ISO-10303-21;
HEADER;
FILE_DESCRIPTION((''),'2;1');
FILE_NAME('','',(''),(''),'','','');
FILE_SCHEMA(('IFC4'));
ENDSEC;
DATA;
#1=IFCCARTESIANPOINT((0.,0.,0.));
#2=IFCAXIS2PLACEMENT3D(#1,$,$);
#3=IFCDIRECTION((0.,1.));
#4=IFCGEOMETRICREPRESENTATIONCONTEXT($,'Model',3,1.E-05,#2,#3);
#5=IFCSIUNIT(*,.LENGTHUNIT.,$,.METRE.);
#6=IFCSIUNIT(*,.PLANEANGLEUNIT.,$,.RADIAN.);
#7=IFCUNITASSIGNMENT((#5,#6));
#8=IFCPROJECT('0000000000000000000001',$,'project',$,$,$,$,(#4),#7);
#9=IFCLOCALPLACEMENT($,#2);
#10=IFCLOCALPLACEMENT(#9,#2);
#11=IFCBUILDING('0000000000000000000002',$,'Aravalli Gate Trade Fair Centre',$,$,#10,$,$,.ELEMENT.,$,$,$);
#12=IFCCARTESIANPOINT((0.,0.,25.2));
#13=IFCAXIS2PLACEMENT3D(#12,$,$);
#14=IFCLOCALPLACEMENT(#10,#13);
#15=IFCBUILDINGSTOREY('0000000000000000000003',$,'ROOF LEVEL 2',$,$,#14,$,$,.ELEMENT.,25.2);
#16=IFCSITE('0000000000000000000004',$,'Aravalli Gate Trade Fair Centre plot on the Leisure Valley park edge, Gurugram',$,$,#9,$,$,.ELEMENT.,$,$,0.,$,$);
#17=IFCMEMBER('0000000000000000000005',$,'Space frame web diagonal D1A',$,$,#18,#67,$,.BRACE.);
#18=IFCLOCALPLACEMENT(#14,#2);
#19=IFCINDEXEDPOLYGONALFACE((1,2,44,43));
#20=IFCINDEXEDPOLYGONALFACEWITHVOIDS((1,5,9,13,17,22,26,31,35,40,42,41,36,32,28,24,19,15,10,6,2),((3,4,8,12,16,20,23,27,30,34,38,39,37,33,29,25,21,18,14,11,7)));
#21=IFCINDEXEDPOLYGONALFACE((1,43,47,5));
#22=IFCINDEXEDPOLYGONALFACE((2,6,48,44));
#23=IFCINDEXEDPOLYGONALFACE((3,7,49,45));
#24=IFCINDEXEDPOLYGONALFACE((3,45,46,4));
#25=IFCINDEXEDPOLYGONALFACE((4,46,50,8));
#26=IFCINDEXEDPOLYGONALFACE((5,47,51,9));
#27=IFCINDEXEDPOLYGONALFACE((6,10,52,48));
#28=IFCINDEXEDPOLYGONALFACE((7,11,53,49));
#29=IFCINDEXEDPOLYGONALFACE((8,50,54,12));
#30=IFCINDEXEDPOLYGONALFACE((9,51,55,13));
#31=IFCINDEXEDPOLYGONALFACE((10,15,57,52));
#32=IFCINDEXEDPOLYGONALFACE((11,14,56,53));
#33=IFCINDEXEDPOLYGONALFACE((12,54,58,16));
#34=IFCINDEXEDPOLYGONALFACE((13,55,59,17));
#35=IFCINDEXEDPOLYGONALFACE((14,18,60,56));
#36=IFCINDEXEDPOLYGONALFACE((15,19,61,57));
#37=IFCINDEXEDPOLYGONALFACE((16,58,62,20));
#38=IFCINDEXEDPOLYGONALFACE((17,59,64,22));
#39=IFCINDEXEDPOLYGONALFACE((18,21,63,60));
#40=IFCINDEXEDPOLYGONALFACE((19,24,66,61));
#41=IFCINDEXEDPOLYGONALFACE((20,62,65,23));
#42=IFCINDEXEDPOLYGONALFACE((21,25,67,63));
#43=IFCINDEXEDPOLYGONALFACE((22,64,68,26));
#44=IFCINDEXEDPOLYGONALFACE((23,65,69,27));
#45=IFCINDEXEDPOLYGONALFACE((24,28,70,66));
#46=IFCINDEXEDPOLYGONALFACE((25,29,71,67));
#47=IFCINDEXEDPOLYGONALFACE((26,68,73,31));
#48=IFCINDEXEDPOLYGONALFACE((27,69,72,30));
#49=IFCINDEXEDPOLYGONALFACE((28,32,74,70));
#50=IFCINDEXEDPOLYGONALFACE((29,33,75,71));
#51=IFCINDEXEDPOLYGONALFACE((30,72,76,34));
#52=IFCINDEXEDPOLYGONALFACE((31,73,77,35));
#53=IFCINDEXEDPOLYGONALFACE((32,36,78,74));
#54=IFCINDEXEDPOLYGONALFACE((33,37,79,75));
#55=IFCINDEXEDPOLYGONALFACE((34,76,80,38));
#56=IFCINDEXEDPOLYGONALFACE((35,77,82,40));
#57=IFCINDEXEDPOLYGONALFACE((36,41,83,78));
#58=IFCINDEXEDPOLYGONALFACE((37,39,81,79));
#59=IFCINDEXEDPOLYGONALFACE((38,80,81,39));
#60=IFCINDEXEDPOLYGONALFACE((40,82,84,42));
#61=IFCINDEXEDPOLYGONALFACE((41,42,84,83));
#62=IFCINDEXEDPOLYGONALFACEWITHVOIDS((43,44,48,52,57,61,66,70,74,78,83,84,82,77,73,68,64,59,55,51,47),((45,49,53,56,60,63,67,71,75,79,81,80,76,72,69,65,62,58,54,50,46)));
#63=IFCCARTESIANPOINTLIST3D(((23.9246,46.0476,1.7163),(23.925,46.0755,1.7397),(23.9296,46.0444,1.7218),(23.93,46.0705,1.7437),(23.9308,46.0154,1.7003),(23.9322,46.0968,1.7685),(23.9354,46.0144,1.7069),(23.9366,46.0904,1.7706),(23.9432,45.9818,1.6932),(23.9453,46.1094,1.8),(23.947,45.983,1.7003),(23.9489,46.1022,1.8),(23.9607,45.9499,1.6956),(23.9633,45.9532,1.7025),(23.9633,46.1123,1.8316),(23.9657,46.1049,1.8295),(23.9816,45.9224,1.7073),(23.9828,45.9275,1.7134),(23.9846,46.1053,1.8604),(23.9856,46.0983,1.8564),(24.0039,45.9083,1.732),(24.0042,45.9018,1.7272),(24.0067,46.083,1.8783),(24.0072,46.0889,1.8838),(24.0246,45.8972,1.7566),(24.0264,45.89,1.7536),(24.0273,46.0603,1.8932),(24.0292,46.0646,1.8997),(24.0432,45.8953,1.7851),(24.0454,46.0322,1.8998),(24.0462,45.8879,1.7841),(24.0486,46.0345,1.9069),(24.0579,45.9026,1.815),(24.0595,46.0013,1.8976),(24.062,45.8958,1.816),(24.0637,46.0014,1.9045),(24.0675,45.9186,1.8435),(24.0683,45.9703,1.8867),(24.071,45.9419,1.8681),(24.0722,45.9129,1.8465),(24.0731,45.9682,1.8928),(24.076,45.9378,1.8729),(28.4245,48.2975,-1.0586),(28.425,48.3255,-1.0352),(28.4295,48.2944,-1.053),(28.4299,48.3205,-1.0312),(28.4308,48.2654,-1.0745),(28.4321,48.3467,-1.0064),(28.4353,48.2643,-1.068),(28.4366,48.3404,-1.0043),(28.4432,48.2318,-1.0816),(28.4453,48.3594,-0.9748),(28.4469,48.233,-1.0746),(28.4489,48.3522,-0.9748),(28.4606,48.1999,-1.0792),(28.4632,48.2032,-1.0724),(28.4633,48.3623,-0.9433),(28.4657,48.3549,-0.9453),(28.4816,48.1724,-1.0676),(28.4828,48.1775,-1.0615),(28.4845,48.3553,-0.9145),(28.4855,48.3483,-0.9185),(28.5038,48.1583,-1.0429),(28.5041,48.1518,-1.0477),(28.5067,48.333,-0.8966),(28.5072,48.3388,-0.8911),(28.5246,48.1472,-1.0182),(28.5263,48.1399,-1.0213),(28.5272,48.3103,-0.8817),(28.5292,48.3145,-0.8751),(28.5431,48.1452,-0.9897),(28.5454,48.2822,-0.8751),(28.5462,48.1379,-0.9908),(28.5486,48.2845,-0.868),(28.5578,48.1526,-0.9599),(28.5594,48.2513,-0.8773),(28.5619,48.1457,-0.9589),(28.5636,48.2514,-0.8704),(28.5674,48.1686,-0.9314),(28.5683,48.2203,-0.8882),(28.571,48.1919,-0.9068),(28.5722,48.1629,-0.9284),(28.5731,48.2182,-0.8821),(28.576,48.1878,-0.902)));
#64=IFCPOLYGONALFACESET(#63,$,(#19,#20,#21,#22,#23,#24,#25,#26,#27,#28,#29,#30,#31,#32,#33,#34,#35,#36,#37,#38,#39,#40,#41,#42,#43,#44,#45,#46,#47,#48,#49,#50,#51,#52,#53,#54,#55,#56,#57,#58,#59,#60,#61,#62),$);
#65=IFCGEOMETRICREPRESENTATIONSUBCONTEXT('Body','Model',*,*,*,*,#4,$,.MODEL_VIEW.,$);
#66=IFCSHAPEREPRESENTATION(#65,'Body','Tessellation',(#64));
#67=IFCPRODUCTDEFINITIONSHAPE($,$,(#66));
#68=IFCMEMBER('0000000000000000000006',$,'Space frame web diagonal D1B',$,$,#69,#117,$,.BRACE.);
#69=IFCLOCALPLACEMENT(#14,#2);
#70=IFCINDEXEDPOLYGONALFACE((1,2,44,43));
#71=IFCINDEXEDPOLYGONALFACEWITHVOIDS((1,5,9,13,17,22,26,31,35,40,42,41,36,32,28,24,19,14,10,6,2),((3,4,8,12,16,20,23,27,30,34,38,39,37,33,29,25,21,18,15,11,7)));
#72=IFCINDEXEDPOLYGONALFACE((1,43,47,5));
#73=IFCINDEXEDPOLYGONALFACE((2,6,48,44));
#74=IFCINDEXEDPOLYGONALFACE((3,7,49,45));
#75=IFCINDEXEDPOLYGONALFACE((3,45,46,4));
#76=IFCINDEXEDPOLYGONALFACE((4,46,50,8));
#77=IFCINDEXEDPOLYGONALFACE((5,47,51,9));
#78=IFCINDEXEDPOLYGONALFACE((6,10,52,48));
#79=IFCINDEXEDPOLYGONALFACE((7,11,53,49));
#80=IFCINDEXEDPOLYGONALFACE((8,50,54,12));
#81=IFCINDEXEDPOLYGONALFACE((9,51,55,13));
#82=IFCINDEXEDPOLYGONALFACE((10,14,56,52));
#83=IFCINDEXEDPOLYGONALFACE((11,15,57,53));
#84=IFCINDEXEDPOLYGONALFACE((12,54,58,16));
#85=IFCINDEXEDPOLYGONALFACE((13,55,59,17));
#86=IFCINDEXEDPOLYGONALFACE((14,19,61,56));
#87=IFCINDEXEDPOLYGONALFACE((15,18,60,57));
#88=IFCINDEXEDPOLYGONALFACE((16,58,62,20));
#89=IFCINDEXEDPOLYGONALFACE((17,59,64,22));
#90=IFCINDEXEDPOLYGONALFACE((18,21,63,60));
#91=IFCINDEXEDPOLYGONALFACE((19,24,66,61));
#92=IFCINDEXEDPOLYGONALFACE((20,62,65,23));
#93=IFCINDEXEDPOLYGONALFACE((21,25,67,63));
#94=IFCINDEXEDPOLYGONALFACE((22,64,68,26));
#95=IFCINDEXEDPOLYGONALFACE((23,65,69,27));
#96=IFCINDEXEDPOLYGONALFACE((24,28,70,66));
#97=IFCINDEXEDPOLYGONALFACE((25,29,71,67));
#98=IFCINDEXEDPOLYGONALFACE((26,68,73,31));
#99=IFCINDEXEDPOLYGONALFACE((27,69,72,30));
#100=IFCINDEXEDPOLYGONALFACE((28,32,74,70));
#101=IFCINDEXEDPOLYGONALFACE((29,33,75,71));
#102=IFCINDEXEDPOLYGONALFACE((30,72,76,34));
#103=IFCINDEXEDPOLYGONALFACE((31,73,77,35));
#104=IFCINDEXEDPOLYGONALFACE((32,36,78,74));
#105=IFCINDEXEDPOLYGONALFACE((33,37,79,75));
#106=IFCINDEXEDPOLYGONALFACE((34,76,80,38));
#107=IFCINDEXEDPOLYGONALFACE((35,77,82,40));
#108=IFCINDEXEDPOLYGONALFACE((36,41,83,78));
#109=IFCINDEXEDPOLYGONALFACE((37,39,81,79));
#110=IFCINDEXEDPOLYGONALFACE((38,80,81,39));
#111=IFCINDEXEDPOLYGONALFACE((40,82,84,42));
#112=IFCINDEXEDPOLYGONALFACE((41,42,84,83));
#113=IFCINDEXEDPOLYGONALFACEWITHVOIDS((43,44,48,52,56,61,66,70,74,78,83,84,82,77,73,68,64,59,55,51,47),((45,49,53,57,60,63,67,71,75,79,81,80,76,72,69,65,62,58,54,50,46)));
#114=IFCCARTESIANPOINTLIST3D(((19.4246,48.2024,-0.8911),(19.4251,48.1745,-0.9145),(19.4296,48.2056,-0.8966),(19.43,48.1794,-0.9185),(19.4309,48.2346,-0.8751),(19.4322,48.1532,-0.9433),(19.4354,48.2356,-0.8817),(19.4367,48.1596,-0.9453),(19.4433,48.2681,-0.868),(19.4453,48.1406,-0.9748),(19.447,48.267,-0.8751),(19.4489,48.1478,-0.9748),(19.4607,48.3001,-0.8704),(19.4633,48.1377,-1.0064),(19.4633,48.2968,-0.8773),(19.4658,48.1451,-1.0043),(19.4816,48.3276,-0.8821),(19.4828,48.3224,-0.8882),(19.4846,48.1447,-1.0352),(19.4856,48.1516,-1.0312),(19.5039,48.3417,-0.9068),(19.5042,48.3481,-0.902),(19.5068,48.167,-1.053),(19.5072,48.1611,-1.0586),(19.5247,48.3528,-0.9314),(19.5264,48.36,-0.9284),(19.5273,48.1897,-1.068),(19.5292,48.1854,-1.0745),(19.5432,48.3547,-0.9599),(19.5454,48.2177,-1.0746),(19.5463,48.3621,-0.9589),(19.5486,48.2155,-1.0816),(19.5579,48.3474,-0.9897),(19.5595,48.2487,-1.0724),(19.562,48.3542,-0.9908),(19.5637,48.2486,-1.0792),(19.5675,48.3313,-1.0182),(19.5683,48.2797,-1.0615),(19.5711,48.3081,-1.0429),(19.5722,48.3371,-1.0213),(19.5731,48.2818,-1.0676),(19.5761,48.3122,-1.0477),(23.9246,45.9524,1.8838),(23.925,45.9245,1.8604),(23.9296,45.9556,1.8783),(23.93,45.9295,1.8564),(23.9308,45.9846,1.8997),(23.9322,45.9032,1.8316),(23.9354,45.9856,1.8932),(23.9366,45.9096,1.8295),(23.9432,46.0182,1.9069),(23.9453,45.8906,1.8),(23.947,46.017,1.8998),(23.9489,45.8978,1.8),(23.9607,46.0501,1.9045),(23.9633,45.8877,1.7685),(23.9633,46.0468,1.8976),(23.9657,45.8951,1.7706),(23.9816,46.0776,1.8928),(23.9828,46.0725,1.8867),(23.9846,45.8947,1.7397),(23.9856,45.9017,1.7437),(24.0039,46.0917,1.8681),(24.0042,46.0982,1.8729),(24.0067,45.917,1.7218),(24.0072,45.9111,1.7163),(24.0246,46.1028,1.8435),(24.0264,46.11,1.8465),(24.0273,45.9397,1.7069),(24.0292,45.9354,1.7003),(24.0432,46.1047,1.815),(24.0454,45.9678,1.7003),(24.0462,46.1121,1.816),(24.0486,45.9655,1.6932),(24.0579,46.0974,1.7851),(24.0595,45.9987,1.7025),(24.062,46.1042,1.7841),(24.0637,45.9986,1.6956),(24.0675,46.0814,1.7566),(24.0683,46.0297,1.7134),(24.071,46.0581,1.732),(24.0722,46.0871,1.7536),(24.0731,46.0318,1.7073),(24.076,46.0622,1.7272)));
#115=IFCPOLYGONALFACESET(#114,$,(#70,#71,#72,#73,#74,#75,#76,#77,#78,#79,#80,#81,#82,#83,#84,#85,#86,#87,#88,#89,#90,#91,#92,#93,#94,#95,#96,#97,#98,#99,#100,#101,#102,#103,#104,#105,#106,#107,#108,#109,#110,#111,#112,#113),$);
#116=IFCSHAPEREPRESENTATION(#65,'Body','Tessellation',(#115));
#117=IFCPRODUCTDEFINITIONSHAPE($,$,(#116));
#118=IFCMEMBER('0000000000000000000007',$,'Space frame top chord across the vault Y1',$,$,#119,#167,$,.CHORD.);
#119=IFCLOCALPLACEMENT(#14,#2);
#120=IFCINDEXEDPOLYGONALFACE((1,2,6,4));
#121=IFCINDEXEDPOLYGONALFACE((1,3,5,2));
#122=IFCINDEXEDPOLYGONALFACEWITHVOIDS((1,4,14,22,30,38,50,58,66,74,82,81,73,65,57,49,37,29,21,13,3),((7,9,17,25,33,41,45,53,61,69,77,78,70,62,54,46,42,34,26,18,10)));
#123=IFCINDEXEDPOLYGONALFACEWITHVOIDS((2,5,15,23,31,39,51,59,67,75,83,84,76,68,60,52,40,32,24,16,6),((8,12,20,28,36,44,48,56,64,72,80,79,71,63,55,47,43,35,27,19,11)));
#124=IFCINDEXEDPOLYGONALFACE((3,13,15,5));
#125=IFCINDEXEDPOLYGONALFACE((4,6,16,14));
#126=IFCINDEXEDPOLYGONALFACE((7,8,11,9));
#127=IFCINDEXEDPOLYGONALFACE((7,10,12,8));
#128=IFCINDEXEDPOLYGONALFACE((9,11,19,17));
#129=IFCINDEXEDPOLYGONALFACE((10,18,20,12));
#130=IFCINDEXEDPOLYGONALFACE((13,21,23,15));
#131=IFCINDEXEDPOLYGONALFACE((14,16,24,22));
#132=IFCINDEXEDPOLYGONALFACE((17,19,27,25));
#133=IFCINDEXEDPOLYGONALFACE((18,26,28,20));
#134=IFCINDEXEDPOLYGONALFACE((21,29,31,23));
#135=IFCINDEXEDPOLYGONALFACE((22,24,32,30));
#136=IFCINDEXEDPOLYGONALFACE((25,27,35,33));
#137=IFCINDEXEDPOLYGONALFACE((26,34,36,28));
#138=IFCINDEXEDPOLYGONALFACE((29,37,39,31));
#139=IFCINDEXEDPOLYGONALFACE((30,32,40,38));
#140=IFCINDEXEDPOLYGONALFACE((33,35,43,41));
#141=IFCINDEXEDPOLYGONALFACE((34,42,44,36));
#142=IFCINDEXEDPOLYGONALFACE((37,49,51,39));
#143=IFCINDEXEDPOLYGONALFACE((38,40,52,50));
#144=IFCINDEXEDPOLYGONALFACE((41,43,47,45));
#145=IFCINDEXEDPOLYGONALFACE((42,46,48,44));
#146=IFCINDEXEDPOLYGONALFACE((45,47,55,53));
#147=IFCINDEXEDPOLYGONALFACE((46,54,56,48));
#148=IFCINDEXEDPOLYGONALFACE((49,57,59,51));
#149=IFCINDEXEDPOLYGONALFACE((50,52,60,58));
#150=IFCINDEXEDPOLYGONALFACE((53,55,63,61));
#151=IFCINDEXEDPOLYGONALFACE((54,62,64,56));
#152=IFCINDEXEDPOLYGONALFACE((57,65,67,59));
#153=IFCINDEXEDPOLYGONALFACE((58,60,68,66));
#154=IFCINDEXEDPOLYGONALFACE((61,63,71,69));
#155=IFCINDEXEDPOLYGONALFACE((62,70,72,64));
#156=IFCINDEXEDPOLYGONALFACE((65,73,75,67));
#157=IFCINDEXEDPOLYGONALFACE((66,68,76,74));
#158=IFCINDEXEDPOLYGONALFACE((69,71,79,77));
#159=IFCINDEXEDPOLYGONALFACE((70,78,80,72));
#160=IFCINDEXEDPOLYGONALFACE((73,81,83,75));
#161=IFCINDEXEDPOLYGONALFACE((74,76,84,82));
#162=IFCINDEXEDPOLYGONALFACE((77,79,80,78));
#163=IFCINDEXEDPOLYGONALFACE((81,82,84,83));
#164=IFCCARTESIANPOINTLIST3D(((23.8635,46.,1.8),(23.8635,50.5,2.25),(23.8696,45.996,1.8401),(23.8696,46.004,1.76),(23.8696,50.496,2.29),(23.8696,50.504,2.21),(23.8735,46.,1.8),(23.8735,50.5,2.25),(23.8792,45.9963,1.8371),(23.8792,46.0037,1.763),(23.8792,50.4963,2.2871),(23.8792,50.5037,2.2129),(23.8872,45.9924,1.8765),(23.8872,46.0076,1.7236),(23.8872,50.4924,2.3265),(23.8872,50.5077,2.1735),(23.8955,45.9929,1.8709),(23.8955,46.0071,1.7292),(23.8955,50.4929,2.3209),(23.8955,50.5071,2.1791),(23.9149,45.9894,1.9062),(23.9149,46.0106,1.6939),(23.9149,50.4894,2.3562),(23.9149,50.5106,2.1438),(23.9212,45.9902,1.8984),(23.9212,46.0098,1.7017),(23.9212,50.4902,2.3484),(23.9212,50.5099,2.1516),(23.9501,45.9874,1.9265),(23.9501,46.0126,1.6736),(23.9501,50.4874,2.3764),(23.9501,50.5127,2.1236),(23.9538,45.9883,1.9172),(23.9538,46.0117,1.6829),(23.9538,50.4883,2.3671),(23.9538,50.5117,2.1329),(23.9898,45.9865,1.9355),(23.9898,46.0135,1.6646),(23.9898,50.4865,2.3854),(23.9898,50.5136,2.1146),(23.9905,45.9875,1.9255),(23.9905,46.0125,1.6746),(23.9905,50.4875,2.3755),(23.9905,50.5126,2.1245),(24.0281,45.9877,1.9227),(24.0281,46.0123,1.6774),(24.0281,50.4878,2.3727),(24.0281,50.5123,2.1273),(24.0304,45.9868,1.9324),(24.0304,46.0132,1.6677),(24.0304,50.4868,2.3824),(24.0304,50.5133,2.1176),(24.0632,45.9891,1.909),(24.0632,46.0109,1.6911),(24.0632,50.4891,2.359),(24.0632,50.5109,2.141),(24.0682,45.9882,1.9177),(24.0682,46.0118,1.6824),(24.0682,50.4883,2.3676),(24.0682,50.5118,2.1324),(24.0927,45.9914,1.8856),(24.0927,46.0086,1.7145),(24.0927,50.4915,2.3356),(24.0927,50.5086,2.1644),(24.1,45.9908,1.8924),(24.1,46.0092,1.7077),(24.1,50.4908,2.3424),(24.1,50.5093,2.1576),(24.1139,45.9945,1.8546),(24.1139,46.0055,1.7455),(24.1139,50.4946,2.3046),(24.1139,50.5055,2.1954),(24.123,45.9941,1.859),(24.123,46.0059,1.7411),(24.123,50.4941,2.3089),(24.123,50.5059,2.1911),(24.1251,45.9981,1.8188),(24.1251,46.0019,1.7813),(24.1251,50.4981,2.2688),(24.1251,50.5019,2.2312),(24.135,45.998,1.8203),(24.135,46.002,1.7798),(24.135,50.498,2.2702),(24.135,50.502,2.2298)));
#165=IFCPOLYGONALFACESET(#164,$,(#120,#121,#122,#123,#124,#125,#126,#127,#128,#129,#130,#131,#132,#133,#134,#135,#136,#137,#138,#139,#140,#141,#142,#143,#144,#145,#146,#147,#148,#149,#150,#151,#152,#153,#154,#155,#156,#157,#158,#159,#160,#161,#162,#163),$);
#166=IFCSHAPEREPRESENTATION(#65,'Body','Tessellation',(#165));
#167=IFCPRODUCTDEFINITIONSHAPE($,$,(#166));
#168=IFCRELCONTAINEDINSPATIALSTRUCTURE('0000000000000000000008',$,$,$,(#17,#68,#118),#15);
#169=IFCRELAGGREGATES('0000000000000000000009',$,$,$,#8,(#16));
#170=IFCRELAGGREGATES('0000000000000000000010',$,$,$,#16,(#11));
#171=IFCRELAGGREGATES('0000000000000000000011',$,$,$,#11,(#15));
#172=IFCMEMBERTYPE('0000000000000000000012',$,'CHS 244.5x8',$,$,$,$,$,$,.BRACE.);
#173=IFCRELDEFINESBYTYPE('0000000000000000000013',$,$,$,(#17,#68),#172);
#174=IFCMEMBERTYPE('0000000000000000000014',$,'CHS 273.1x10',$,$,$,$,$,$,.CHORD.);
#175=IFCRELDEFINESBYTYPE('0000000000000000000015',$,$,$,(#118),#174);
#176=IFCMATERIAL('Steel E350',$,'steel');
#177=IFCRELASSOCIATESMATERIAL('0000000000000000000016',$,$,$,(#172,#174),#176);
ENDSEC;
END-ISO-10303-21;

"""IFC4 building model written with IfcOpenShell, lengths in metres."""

from ifc_helpers import new_model, si_unit, direction, frame, origin, origin_2d, place, context, subcontext, project, spatial, hollow_circle, extrude, material, material_profile, profile_set, type_object, element, save


model = new_model("IFC4")

# Units and contexts
model_context = context("Model", 3, precision=1e-05, world=origin(), true_north=direction((0.0, 1.0)))
body_context = subcontext(model_context, "Body", "Model", "MODEL_VIEW")
ifc_project = project(units=[si_unit("LENGTHUNIT", "METRE"), si_unit("PLANEANGLEUNIT", "RADIAN")], contexts=[model_context])

# Site, building, storey
site_placement = place(None, origin())
site = spatial("IfcSite", under=ifc_project, at=site_placement, Name="Aravalli Gate Trade Fair Centre plot on the Leisure Valley park edge, Gurugram", CompositionType="ELEMENT", RefElevation=0.0)
building_placement = place(site_placement, origin())
building = spatial("IfcBuilding", under=site, at=building_placement, Name="Aravalli Gate Trade Fair Centre", CompositionType="ELEMENT")
storey_placement = place(building_placement, frame((0.0, 0.0, 25.2)))
storey = spatial("IfcBuildingStorey", under=building, at=storey_placement, Name="ROOF LEVEL 2", CompositionType="ELEMENT", Elevation=25.2)

# Members
ifc_material_1 = material(Name="Steel E350", Category="steel")
ifc_material_profile_1 = material_profile(ifc_material_1, hollow_circle(Radius=0.1223, WallThickness=0.0081, at=origin_2d()), Name="CHS 244.5x8")
ifc_profile_set_1 = profile_set([ifc_material_profile_1], Name="Steel E350")
member_type_1 = type_object("IfcMemberType", Name="CHS 244.5x8", PredefinedType="BRACE", material=ifc_profile_set_1)
for number, where, z_axis, x_axis, name in (
    (1, (24.0, 46.0, 1.8), (0.7832, 0.3916, -0.482956), (-0.447214, 0.894427, 0.0), "Space frame web diagonal D1A"),
    (2, (24.0, 46.0, 1.8), (-0.7832, 0.3916, -0.482956), (-0.447214, -0.894427, 0.0), "Space frame web diagonal D1B"),
):
    element("IfcMember", number, at=place(storey_placement, frame(where, z_axis=z_axis, x_axis=x_axis)), inside=storey, type_object=member_type_1, Name=name, PredefinedType="BRACE", context=body_context, shape_type="SweptSolid", body=[
        extrude(hollow_circle(Radius=0.1223, WallThickness=0.0081, at=origin_2d()), origin(), (0.0, 0.0, 1.0), 5.7456),
    ])
ifc_material_profile_2 = material_profile(ifc_material_1, hollow_circle(Radius=0.1365, WallThickness=0.01, at=origin_2d()), Name="CHS 273.1x10")
ifc_profile_set_2 = profile_set([ifc_material_profile_2], Name="Steel E350")
member_type_2 = type_object("IfcMemberType", Name="CHS 273.1x10", PredefinedType="CHORD", material=ifc_profile_set_2)
member_1_placement = place(storey_placement, frame((24.0, 46.0, 1.8), z_axis=(0.0, 0.995038, 0.099493), x_axis=(-1.0, 0.0, 0.0)))
element("IfcMember", 3, at=member_1_placement, inside=storey, type_object=member_type_2, Name="Space frame top chord across the vault Y1", PredefinedType="CHORD", context=body_context, shape_type="SweptSolid", body=[
    extrude(hollow_circle(Radius=0.1365, WallThickness=0.01, at=origin_2d()), origin(), (0.0, 0.0, 1.0), 4.5225),
])

save(model, "model.ifc")
